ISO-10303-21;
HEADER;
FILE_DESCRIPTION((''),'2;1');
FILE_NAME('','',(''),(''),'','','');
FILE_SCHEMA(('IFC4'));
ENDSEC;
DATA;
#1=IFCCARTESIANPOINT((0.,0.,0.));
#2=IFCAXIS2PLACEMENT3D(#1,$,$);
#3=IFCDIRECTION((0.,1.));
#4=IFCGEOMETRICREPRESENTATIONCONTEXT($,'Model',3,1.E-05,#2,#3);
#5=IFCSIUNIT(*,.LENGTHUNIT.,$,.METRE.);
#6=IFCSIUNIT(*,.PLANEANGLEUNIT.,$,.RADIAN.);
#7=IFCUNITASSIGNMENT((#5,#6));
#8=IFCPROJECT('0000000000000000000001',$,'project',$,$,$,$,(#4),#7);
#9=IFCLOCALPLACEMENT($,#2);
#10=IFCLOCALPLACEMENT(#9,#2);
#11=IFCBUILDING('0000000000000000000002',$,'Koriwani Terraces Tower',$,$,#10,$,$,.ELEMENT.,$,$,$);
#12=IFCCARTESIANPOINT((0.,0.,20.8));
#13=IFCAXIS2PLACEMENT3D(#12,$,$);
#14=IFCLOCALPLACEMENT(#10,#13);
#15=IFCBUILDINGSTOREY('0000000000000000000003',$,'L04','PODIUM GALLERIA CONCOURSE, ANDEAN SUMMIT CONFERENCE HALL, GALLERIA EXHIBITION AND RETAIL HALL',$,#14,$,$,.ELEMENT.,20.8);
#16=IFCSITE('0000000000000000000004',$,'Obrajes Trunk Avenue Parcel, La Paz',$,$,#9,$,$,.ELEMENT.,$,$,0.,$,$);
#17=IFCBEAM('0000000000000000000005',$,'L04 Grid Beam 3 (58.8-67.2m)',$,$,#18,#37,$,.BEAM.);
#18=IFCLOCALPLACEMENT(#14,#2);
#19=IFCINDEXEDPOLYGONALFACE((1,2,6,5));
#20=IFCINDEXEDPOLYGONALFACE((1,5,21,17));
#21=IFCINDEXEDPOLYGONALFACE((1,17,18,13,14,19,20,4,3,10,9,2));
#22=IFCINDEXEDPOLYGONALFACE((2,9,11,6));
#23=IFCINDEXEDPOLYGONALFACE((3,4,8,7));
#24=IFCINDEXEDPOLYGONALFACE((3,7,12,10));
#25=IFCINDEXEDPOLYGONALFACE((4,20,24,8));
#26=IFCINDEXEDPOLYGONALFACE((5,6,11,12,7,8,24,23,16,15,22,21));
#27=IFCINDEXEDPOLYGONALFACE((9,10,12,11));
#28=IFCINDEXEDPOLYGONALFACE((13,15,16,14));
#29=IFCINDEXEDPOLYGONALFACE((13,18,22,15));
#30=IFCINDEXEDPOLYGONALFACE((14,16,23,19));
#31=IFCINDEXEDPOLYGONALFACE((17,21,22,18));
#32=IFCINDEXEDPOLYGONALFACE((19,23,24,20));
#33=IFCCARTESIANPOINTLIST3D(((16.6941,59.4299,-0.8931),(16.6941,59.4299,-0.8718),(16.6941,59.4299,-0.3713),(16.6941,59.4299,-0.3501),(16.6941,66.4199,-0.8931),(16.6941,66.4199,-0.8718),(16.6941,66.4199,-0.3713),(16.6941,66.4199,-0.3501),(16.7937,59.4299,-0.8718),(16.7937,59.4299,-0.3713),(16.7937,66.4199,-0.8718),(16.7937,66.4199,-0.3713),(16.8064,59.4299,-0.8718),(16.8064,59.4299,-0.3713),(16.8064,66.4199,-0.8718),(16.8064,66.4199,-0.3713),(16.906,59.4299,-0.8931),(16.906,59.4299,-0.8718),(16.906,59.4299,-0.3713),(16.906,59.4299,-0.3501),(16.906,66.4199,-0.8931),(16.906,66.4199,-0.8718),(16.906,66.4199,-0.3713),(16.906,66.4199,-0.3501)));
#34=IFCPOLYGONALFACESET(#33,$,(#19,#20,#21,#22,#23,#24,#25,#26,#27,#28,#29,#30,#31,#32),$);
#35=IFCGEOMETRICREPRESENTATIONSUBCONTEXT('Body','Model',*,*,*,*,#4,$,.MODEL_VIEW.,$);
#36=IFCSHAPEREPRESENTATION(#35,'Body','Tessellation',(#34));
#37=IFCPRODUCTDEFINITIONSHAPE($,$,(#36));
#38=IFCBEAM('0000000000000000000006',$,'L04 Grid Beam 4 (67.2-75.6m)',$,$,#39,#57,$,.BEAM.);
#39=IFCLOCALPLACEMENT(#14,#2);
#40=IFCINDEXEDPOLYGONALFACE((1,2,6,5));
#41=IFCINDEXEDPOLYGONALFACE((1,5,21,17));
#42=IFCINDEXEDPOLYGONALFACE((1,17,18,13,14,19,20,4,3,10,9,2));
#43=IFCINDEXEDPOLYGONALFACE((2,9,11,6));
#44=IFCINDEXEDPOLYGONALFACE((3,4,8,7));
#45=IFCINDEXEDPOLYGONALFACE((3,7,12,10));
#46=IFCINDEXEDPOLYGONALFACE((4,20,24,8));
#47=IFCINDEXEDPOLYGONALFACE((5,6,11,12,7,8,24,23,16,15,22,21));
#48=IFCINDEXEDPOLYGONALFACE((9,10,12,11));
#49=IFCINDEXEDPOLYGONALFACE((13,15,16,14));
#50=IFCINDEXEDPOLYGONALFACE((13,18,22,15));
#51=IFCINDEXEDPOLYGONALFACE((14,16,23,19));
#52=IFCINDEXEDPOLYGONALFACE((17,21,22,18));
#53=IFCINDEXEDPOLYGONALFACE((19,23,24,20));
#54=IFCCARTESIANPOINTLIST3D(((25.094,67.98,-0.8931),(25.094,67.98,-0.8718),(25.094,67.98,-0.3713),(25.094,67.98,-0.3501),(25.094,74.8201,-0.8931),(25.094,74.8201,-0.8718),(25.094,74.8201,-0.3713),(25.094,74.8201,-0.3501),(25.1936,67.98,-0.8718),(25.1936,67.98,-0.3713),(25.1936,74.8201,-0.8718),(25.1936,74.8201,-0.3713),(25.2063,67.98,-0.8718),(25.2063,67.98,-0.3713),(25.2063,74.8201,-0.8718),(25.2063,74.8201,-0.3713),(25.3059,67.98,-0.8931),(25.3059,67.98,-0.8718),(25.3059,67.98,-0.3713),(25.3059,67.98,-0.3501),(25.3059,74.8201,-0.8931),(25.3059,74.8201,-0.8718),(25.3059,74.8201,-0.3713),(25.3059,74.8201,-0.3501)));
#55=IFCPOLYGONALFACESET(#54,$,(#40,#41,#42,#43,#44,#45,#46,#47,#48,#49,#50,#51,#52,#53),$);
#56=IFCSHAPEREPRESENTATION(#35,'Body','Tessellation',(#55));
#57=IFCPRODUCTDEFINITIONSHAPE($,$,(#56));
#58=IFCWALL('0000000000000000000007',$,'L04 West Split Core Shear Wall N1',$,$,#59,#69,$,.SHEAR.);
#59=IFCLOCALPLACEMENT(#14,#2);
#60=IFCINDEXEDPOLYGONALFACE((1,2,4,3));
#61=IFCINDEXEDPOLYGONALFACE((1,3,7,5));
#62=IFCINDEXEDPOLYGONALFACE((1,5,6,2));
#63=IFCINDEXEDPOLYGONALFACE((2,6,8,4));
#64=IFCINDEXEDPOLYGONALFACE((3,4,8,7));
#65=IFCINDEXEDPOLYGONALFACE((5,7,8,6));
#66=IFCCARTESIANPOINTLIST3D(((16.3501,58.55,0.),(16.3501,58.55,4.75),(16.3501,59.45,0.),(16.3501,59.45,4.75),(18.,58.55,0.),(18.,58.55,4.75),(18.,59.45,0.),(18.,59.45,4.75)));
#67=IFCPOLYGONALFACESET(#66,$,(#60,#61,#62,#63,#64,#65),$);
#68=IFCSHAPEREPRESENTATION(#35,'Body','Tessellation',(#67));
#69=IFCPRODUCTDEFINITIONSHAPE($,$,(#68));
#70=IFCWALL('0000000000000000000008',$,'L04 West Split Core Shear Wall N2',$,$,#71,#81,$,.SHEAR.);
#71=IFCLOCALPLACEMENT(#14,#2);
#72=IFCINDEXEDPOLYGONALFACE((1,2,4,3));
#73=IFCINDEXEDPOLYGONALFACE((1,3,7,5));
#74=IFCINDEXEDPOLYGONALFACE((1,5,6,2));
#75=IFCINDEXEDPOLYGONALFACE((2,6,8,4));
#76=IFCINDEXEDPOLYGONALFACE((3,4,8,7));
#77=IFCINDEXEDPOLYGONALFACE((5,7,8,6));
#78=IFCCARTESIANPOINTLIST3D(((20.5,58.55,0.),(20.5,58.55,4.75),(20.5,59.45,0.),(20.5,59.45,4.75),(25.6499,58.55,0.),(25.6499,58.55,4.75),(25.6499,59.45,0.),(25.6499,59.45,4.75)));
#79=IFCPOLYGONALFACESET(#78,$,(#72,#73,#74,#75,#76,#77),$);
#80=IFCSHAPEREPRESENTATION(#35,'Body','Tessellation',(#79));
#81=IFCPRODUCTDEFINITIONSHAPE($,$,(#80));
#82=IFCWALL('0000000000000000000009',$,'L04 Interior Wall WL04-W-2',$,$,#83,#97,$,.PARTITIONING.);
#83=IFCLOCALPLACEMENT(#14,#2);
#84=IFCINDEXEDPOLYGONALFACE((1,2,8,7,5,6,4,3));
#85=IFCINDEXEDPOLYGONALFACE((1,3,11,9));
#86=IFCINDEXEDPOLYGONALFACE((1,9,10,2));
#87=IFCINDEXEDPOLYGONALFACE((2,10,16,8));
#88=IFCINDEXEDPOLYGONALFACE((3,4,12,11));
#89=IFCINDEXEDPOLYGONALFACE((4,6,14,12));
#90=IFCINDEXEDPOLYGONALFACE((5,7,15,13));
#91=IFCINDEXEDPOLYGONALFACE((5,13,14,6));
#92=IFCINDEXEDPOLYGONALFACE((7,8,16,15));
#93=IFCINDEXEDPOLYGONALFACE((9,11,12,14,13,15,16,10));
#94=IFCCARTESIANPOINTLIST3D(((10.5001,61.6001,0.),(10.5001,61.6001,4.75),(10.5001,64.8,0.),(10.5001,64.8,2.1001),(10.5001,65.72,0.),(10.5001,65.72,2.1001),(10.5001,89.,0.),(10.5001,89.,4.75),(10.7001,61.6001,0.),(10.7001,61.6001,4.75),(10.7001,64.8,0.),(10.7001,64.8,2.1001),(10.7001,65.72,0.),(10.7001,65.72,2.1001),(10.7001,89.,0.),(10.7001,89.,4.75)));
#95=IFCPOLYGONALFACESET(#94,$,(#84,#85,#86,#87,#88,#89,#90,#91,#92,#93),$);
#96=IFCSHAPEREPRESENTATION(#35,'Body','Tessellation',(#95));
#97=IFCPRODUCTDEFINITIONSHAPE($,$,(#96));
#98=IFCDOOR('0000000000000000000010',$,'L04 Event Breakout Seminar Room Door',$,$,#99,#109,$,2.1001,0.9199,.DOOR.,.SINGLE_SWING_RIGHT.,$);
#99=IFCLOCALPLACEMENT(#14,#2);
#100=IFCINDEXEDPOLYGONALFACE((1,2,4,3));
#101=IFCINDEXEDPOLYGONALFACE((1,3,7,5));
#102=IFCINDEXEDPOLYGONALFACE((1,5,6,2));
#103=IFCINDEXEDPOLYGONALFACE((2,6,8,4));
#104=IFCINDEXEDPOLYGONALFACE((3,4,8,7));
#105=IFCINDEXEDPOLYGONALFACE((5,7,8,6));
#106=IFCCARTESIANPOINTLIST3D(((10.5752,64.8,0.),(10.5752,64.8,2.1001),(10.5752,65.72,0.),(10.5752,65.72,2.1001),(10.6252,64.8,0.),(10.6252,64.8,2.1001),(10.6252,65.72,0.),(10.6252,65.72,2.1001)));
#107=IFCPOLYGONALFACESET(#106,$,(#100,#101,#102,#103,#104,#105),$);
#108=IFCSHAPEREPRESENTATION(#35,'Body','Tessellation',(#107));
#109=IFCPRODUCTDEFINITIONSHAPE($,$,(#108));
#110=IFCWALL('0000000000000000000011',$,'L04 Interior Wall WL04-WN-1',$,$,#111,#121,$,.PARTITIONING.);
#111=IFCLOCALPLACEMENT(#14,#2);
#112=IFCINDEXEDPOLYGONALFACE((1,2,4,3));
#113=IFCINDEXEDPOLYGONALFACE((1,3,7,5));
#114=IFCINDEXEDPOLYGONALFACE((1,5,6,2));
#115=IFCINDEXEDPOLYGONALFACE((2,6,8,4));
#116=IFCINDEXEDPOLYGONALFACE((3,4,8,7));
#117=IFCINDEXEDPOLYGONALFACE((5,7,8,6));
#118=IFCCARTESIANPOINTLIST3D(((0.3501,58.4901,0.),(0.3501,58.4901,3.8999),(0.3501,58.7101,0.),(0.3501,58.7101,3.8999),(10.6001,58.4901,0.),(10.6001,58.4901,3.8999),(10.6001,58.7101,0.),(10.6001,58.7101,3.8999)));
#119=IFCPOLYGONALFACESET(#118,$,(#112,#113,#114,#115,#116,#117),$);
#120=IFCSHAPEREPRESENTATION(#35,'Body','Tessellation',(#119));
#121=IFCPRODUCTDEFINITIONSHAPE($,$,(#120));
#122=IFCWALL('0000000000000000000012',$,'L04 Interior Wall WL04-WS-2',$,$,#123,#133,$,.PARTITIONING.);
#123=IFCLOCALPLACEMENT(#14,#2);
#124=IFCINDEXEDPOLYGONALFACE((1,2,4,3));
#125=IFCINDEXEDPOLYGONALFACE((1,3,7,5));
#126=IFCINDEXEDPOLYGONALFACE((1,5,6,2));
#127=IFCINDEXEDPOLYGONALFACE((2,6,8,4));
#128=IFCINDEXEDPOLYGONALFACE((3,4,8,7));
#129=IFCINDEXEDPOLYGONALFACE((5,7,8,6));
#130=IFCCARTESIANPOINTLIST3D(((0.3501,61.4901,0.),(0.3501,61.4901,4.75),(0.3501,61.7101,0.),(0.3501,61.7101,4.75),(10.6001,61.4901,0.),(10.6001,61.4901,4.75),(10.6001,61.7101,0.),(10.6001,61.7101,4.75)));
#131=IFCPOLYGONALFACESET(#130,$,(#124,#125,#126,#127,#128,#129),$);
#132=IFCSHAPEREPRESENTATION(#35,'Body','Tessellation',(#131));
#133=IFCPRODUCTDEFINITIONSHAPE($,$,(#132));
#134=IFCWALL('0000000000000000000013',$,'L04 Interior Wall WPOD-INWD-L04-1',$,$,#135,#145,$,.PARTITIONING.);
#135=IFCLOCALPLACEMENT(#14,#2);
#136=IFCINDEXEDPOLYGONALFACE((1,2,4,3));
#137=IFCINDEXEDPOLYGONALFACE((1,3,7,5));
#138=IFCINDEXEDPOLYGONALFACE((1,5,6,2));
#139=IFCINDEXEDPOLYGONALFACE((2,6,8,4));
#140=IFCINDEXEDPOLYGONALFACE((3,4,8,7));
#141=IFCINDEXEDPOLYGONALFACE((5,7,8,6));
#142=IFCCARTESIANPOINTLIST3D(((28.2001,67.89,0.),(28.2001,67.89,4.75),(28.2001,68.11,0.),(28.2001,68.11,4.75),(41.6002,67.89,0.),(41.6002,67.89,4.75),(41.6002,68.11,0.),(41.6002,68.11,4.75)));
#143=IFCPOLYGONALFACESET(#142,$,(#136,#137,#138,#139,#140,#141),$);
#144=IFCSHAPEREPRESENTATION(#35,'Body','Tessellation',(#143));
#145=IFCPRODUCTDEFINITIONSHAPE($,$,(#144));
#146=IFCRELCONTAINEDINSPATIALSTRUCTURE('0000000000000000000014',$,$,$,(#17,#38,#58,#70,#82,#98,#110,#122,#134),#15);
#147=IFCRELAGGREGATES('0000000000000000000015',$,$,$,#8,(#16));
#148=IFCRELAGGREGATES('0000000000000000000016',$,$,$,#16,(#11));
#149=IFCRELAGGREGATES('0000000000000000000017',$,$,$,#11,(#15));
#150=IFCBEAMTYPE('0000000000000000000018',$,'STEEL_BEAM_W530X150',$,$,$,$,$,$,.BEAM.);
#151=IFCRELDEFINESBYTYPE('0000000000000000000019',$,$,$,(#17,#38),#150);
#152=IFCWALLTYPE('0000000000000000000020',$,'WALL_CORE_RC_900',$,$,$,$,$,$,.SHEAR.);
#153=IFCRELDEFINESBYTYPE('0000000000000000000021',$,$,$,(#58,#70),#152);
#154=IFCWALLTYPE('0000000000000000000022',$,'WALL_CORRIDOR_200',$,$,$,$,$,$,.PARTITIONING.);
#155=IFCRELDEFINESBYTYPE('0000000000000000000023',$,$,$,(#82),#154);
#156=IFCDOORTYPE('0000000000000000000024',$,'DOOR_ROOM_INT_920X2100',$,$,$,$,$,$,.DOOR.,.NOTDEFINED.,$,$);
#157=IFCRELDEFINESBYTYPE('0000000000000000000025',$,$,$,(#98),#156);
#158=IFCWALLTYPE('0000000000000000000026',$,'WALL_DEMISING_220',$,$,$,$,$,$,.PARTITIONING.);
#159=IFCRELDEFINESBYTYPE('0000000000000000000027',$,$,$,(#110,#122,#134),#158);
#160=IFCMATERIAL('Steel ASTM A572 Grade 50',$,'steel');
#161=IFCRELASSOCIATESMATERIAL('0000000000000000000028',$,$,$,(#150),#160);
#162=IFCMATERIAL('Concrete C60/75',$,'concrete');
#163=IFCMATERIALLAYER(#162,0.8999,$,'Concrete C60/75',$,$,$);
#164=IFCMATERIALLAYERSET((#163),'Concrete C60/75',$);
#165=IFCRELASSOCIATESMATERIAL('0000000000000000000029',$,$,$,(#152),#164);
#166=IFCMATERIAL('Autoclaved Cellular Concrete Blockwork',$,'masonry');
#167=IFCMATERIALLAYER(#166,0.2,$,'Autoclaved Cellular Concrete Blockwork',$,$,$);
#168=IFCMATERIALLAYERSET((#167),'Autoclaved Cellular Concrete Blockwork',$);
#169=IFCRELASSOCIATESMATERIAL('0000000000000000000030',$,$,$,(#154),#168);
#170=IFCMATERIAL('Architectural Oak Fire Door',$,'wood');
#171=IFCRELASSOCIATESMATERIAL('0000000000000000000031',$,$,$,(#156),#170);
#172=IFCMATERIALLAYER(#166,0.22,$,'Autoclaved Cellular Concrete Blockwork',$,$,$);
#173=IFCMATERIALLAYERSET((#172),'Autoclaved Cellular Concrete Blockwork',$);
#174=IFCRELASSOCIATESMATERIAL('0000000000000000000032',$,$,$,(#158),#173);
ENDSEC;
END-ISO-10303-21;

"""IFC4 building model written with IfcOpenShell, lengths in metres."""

from ifc_helpers import new_model, si_unit, direction, frame, frame_2d, origin, origin_2d, place, context, subcontext, project, spatial, rectangle, i_section, extrude, material, layer, layer_set, material_profile, profile_set, type_object, element, fill, save


model = new_model("IFC4")

# Units and contexts
model_context = context("Model", 3, precision=1e-05, world=origin(), true_north=direction((0.0, 1.0)))
body_context = subcontext(model_context, "Body", "Model", "MODEL_VIEW")
ifc_project = project(units=[si_unit("LENGTHUNIT", "METRE"), si_unit("PLANEANGLEUNIT", "RADIAN")], contexts=[model_context])

# Site, building, storey
site_placement = place(None, origin())
site = spatial("IfcSite", under=ifc_project, at=site_placement, Name="Obrajes Trunk Avenue Parcel, La Paz", CompositionType="ELEMENT", RefElevation=0.0)
building_placement = place(site_placement, origin())
building = spatial("IfcBuilding", under=site, at=building_placement, Name="Koriwani Terraces Tower", CompositionType="ELEMENT")
storey_placement = place(building_placement, frame((0.0, 0.0, 20.8)))
storey = spatial("IfcBuildingStorey", under=building, at=storey_placement, Name="L04", Description="PODIUM GALLERIA CONCOURSE, ANDEAN SUMMIT CONFERENCE HALL, GALLERIA EXHIBITION AND RETAIL HALL", CompositionType="ELEMENT", Elevation=20.8)

# Shared definitions
ifc_material_1 = material(Name="Concrete C60/75", Category="concrete")

# Beams
ifc_material_2 = material(Name="Steel ASTM A572 Grade 50", Category="steel")
ifc_material_profile_1 = material_profile(ifc_material_2, i_section(OverallWidth=0.2119, OverallDepth=0.543, WebThickness=0.0127, FlangeThickness=0.0212, at=origin_2d()), Name="Steel ASTM A572 Grade 50", Category="LoadBearing")
ifc_profile_set_1 = profile_set([ifc_material_profile_1], Name="Steel ASTM A572 Grade 50")
beam_type_1 = type_object("IfcBeamType", Name="STEEL_BEAM_W530X150", PredefinedType="BEAM", material=ifc_profile_set_1)
beam_1_placement = place(storey_placement, frame((16.8, 59.4299, -0.6216), z_axis=(0.0, 1.0, 0.0), x_axis=(-1.0, 0.0, 0.0)))
element("IfcBeam", 1, at=beam_1_placement, inside=storey, type_object=beam_type_1, Name="L04 Grid Beam 3 (58.8-67.2m)", PredefinedType="BEAM", context=body_context, shape_type="SweptSolid", body=[
    extrude(i_section(OverallWidth=0.2119, OverallDepth=0.543, WebThickness=0.0127, FlangeThickness=0.0212, at=origin_2d()), origin(), (0.0, 0.0, 1.0), 6.99),
])
beam_2_placement = place(storey_placement, frame((25.2, 67.98, -0.6216), z_axis=(0.0, 1.0, 0.0), x_axis=(-1.0, 0.0, 0.0)))
element("IfcBeam", 2, at=beam_2_placement, inside=storey, type_object=beam_type_1, Name="L04 Grid Beam 4 (67.2-75.6m)", PredefinedType="BEAM", context=body_context, shape_type="SweptSolid", body=[
    extrude(i_section(OverallWidth=0.2119, OverallDepth=0.543, WebThickness=0.0127, FlangeThickness=0.0212, at=origin_2d()), origin(), (0.0, 0.0, 1.0), 6.8401),
])

# Walls
ifc_layer_1 = layer(ifc_material_1, 0.8999, Name="Concrete C60/75")
ifc_layer_set_1 = layer_set([ifc_layer_1], Name="Concrete C60/75")
wall_type_1 = type_object("IfcWallType", Name="WALL_CORE_RC_900", PredefinedType="SHEAR", material=ifc_layer_set_1)
wall_1_placement = place(storey_placement, frame((16.3501, 59.0, 0.0), z_axis=(0.0, 0.0, 1.0), x_axis=(1.0, 0.0, 0.0)))
element("IfcWall", 3, at=wall_1_placement, inside=storey, type_object=wall_type_1, Name="L04 West Split Core Shear Wall N1", PredefinedType="SHEAR", context=body_context, shape_type="SweptSolid", body=[
    extrude(rectangle(XDim=1.6499, YDim=0.8999, at=frame_2d((0.825, 0.0))), origin(), (0.0, 0.0, 1.0), 4.75),
])
wall_2_placement = place(storey_placement, frame((20.5, 59.0, 0.0), z_axis=(0.0, 0.0, 1.0), x_axis=(1.0, 0.0, 0.0)))
element("IfcWall", 4, at=wall_2_placement, inside=storey, type_object=wall_type_1, Name="L04 West Split Core Shear Wall N2", PredefinedType="SHEAR", context=body_context, shape_type="SweptSolid", body=[
    extrude(rectangle(XDim=5.1499, YDim=0.8999, at=frame_2d((2.575, 0.0))), origin(), (0.0, 0.0, 1.0), 4.75),
])

# Wall, opening, door
ifc_material_3 = material(Name="Autoclaved Cellular Concrete Blockwork", Category="masonry")
ifc_layer_2 = layer(ifc_material_3, 0.2, Name="Autoclaved Cellular Concrete Blockwork")
ifc_layer_set_2 = layer_set([ifc_layer_2], Name="Autoclaved Cellular Concrete Blockwork")
wall_type_2 = type_object("IfcWallType", Name="WALL_CORRIDOR_200", PredefinedType="PARTITIONING", material=ifc_layer_set_2)
wall_3_placement = place(storey_placement, frame((10.6001, 61.6001, 0.0), z_axis=(0.0, 0.0, 1.0), x_axis=(0.0, 1.0, 0.0)))
wall_3 = element("IfcWall", 5, at=wall_3_placement, inside=storey, type_object=wall_type_2, Name="L04 Interior Wall WL04-W-2", PredefinedType="PARTITIONING", context=body_context, shape_type="SweptSolid", body=[
    extrude(rectangle(XDim=27.3999, YDim=0.2, at=frame_2d((13.7, 0.0))), origin(), (0.0, 0.0, 1.0), 4.75),
])
opening_1_placement = place(wall_3_placement, frame((3.2, 0.0, 0.0)))
opening_1 = element("IfcOpeningElement", 6, at=opening_1_placement, cuts=wall_3, PredefinedType="OPENING", context=body_context, shape_type="SweptSolid", body=[
    extrude(rectangle(XDim=0.9199, YDim=2.1001, at=frame_2d((0.46, 1.05))), frame((0.0, 0.1099, 0.0), z_axis=(0.0, -1.0, 0.0), x_axis=(1.0, 0.0, 0.0)), (0.0, 0.0, 1.0), 0.22),
])
ifc_material_4 = material(Name="Architectural Oak Fire Door", Category="wood")
door_type_1 = type_object("IfcDoorType", Name="DOOR_ROOM_INT_920X2100", OperationType="NOTDEFINED", PredefinedType="DOOR", material=ifc_material_4)
door_1_placement = place(opening_1_placement, origin())
door_1 = element("IfcDoor", 7, at=door_1_placement, inside=storey, type_object=door_type_1, Name="L04 Event Breakout Seminar Room Door", OperationType="SINGLE_SWING_RIGHT", OverallHeight=2.1001, OverallWidth=0.9199, PredefinedType="DOOR", context=body_context, shape_type="SweptSolid", body=[
    extrude(rectangle(XDim=0.9199, YDim=2.1001, at=frame_2d((0.46, 1.05))), frame((0.0, 0.0249, 0.0), z_axis=(0.0, -1.0, 0.0), x_axis=(1.0, 0.0, 0.0)), (0.0, 0.0, 1.0), 0.05),
])
fill(opening_1, door_1)

# Walls
ifc_layer_3 = layer(ifc_material_3, 0.22, Name="Autoclaved Cellular Concrete Blockwork")
ifc_layer_set_3 = layer_set([ifc_layer_3], Name="Autoclaved Cellular Concrete Blockwork")
wall_type_3 = type_object("IfcWallType", Name="WALL_DEMISING_220", PredefinedType="PARTITIONING", material=ifc_layer_set_3)
wall_4_placement = place(storey_placement, frame((0.3501, 58.6001, 0.0), z_axis=(0.0, 0.0, 1.0), x_axis=(1.0, 0.0, 0.0)))
element("IfcWall", 8, at=wall_4_placement, inside=storey, type_object=wall_type_3, Name="L04 Interior Wall WL04-WN-1", PredefinedType="PARTITIONING", context=body_context, shape_type="SweptSolid", body=[
    extrude(rectangle(XDim=10.25, YDim=0.22, at=frame_2d((5.125, 0.0))), origin(), (0.0, 0.0, 1.0), 3.8999),
])
wall_5_placement = place(storey_placement, frame((0.3501, 61.6001, 0.0), z_axis=(0.0, 0.0, 1.0), x_axis=(1.0, 0.0, 0.0)))
element("IfcWall", 9, at=wall_5_placement, inside=storey, type_object=wall_type_3, Name="L04 Interior Wall WL04-WS-2", PredefinedType="PARTITIONING", context=body_context, shape_type="SweptSolid", body=[
    extrude(rectangle(XDim=10.25, YDim=0.22, at=frame_2d((5.125, 0.0))), origin(), (0.0, 0.0, 1.0), 4.75),
])
wall_6_placement = place(storey_placement, frame((28.2, 68.0, 0.0), z_axis=(0.0, 0.0, 1.0), x_axis=(1.0, 0.0, 0.0)))
element("IfcWall", 10, at=wall_6_placement, inside=storey, type_object=wall_type_3, Name="L04 Interior Wall WPOD-INWD-L04-1", PredefinedType="PARTITIONING", context=body_context, shape_type="SweptSolid", body=[
    extrude(rectangle(XDim=13.4001, YDim=0.22, at=frame_2d((6.7002, 0.0))), origin(), (0.0, 0.0, 1.0), 4.75),
])

save(model, "model.ifc")
